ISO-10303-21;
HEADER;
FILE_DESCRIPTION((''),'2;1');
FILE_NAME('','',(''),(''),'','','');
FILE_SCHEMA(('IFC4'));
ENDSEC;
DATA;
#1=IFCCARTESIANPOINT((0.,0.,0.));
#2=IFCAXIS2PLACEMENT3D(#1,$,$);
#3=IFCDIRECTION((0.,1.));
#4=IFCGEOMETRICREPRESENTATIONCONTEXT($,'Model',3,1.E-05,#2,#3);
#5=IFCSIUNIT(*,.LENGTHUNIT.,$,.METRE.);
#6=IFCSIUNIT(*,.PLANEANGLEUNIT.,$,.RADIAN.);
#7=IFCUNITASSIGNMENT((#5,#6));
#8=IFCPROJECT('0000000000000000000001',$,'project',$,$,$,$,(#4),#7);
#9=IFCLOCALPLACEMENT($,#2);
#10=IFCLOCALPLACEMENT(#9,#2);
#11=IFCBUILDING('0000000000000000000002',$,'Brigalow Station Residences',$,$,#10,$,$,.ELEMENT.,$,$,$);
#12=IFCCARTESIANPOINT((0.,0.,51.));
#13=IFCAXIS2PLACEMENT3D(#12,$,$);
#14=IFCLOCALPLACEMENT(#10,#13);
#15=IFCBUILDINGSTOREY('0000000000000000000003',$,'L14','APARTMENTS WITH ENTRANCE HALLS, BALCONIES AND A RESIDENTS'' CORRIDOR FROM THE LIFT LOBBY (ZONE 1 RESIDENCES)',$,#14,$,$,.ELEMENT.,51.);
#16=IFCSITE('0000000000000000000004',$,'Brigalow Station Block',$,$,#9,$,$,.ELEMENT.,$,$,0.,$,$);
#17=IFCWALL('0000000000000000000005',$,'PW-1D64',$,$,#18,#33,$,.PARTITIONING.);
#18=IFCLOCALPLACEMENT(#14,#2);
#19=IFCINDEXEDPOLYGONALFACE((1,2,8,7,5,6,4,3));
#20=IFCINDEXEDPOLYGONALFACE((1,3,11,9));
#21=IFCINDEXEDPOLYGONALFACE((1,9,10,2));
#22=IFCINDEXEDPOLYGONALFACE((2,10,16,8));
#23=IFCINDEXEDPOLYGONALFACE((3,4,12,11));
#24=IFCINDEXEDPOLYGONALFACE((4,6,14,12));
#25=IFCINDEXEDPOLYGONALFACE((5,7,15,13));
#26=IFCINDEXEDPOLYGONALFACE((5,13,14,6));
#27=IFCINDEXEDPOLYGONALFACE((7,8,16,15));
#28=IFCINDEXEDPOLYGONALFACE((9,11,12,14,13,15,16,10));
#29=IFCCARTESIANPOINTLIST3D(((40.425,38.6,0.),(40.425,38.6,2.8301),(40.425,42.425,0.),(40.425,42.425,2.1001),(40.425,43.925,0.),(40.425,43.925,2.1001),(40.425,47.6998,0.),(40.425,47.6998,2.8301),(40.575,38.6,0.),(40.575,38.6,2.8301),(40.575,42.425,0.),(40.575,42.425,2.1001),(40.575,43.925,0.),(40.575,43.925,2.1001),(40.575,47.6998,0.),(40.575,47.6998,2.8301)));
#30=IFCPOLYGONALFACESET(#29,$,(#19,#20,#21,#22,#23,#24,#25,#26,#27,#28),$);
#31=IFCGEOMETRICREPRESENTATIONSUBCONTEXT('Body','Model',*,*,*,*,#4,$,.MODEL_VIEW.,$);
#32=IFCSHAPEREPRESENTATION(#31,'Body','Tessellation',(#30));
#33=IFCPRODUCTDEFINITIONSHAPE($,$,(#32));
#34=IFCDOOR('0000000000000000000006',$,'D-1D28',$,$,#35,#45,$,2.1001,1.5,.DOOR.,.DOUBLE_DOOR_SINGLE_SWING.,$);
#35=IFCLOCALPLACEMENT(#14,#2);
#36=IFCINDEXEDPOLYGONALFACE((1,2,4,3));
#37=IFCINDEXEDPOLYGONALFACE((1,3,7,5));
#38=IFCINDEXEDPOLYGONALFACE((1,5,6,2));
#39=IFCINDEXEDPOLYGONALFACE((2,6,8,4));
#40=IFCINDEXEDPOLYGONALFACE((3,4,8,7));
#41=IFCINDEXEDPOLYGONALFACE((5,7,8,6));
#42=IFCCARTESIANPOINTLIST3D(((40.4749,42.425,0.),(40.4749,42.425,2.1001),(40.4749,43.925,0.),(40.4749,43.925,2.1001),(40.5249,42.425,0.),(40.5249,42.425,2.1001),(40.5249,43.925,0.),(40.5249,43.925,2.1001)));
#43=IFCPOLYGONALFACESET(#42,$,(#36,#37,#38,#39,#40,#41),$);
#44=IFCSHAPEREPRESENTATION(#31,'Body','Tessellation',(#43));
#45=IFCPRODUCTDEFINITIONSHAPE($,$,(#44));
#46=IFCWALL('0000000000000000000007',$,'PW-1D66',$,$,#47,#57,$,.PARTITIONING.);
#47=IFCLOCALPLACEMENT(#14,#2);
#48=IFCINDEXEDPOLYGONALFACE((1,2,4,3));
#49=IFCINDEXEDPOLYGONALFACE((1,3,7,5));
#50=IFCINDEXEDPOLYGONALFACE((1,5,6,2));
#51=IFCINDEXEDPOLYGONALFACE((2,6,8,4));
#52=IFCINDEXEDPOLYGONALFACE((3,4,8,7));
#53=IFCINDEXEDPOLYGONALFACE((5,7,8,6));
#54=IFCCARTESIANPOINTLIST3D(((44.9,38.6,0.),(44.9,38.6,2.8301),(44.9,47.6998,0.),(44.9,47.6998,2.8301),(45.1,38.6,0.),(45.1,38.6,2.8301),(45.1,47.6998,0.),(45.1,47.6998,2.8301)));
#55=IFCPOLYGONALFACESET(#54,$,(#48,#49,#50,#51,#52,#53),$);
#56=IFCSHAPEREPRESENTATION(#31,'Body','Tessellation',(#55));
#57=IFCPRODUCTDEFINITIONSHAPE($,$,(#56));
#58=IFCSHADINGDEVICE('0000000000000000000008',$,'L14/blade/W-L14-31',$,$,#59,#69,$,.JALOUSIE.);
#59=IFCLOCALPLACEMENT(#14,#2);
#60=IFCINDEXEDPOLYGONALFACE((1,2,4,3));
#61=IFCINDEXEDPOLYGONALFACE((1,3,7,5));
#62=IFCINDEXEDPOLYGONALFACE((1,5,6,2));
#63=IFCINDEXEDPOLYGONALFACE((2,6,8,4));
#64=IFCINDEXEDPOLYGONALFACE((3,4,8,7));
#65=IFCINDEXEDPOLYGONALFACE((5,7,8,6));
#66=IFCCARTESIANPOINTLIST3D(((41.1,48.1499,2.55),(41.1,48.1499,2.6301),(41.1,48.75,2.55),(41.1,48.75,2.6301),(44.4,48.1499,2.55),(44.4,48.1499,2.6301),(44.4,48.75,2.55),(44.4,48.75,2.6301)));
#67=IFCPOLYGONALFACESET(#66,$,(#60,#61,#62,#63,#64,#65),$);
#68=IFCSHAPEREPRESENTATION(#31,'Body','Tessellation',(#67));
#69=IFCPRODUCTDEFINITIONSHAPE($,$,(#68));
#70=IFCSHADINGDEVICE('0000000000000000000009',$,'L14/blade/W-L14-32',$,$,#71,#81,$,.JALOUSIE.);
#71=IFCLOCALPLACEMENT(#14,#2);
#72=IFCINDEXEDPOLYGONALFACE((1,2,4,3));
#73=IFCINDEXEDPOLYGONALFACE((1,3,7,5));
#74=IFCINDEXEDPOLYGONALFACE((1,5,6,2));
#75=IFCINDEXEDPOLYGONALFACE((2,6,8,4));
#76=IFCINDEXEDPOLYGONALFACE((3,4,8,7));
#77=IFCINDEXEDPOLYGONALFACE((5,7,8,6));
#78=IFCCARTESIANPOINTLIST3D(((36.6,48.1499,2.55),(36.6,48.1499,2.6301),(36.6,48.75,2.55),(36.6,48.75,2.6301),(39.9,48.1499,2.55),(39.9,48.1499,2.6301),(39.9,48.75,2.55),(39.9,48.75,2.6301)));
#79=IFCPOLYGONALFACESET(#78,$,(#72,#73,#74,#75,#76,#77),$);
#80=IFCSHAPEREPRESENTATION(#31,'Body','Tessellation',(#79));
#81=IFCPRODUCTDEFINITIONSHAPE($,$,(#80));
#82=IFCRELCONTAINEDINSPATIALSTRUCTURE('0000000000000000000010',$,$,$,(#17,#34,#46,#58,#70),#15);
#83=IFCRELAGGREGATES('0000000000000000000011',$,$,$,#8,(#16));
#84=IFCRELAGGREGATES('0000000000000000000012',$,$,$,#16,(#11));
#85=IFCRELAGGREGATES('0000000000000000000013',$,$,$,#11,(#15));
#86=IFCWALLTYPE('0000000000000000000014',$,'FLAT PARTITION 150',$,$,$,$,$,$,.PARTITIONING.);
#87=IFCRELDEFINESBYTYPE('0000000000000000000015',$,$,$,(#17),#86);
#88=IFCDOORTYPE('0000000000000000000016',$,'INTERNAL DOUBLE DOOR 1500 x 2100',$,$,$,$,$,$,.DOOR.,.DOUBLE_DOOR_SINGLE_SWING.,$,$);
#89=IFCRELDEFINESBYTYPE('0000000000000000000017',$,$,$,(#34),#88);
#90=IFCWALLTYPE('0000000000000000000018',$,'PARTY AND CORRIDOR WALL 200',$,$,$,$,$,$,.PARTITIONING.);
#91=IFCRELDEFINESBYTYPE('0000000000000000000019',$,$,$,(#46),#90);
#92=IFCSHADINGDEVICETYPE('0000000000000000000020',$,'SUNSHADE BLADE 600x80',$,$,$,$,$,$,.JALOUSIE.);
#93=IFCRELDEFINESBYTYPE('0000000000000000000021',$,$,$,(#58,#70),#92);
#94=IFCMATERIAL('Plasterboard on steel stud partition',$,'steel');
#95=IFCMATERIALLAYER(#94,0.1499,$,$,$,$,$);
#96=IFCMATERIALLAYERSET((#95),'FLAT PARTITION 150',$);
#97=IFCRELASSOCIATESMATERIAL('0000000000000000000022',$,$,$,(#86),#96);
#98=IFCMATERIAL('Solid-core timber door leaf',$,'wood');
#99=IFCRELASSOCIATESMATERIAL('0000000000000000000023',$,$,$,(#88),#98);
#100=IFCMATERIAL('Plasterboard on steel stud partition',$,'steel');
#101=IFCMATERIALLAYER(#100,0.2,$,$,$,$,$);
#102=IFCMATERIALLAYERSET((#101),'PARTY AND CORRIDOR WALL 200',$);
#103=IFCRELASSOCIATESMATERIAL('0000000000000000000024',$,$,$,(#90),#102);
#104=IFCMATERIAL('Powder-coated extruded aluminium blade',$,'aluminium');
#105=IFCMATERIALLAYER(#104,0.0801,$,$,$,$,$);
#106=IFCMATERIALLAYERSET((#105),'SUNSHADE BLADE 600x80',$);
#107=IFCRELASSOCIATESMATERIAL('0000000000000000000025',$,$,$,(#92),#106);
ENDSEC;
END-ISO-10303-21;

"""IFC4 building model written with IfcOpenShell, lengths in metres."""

from ifc_helpers import new_model, si_unit, direction, frame, frame_2d, origin, origin_2d, place, context, subcontext, project, spatial, rectangle, extrude, material, layer, layer_set, type_object, element, fill, save


model = new_model("IFC4")

# Units and contexts
model_context = context("Model", 3, precision=1e-05, world=origin(), true_north=direction((0.0, 1.0)))
body_context = subcontext(model_context, "Body", "Model", "MODEL_VIEW")
ifc_project = project(units=[si_unit("LENGTHUNIT", "METRE"), si_unit("PLANEANGLEUNIT", "RADIAN")], contexts=[model_context])

# Site, building, storey
site_placement = place(None, origin())
site = spatial("IfcSite", under=ifc_project, at=site_placement, Name="Brigalow Station Block", CompositionType="ELEMENT", RefElevation=0.0)
building_placement = place(site_placement, origin())
building = spatial("IfcBuilding", under=site, at=building_placement, Name="Brigalow Station Residences", CompositionType="ELEMENT")
storey_placement = place(building_placement, frame((0.0, 0.0, 51.0)))
storey = spatial("IfcBuildingStorey", under=building, at=storey_placement, Name="L14", Description="APARTMENTS WITH ENTRANCE HALLS, BALCONIES AND A RESIDENTS' CORRIDOR FROM THE LIFT LOBBY (ZONE 1 RESIDENCES)", CompositionType="ELEMENT", Elevation=51.0)

# Wall, opening, door
ifc_material_1 = material(Name="Plasterboard on steel stud partition", Category="steel")
ifc_layer_1 = layer(ifc_material_1, 0.1499)
ifc_layer_set_1 = layer_set([ifc_layer_1], Name="FLAT PARTITION 150")
wall_type_1 = type_object("IfcWallType", Name="FLAT PARTITION 150", PredefinedType="PARTITIONING", material=ifc_layer_set_1)
wall_1_placement = place(storey_placement, frame((40.5, 38.6001, 0.0), z_axis=(0.0, 0.0, 1.0), x_axis=(0.0, 1.0, 0.0)))
wall_1 = element("IfcWall", 1, at=wall_1_placement, inside=storey, type_object=wall_type_1, Name="PW-1D64", PredefinedType="PARTITIONING", context=body_context, shape_type="SweptSolid", body=[
    extrude(rectangle(XDim=9.0999, YDim=0.1499, at=frame_2d((4.5498, 0.0))), origin(), (0.0, 0.0, 1.0), 2.8301),
])
opening_1_placement = place(wall_1_placement, frame((3.825, 0.0, 0.0)))
opening_1 = element("IfcOpeningElement", 2, at=opening_1_placement, cuts=wall_1, PredefinedType="OPENING", context=body_context, shape_type="SweptSolid", body=[
    extrude(rectangle(XDim=1.5, YDim=2.1001, at=frame_2d((0.75, 1.05))), frame((0.0, 0.085, 0.0), z_axis=(0.0, -1.0, 0.0), x_axis=(1.0, 0.0, 0.0)), (0.0, 0.0, 1.0), 0.1699),
])
ifc_material_2 = material(Name="Solid-core timber door leaf", Category="wood")
door_type = type_object("IfcDoorType", Name="INTERNAL DOUBLE DOOR 1500 x 2100", OperationType="DOUBLE_DOOR_SINGLE_SWING", PredefinedType="DOOR", material=ifc_material_2)
door_placement = place(opening_1_placement, frame((1.5, 0.0, 0.0), z_axis=(0.0, 0.0, 1.0), x_axis=(-1.0, 0.0, 0.0)))
door = element("IfcDoor", 3, at=door_placement, inside=storey, type_object=door_type, Name="D-1D28", OperationType="DOUBLE_DOOR_SINGLE_SWING", OverallHeight=2.1001, OverallWidth=1.5, PredefinedType="DOOR", context=body_context, shape_type="SweptSolid", body=[
    extrude(rectangle(XDim=1.5, YDim=2.1001, at=frame_2d((0.75, 1.05))), frame((0.0, 0.0249, 0.0), z_axis=(0.0, -1.0, 0.0), x_axis=(1.0, 0.0, 0.0)), (0.0, 0.0, 1.0), 0.05),
])
fill(opening_1, door)

# Wall
ifc_material_3 = material(Name="Plasterboard on steel stud partition", Category="steel")
ifc_layer_2 = layer(ifc_material_3, 0.2)
ifc_layer_set_2 = layer_set([ifc_layer_2], Name="PARTY AND CORRIDOR WALL 200")
wall_type_2 = type_object("IfcWallType", Name="PARTY AND CORRIDOR WALL 200", PredefinedType="PARTITIONING", material=ifc_layer_set_2)
wall_2_placement = place(storey_placement, frame((45.0, 38.6001, 0.0), z_axis=(0.0, 0.0, 1.0), x_axis=(0.0, 1.0, 0.0)))
element("IfcWall", 4, at=wall_2_placement, inside=storey, type_object=wall_type_2, Name="PW-1D66", PredefinedType="PARTITIONING", context=body_context, shape_type="SweptSolid", body=[
    extrude(rectangle(XDim=9.0999, YDim=0.2, at=frame_2d((4.5498, 0.0))), origin(), (0.0, 0.0, 1.0), 2.8301),
])

# Shading devices
ifc_material_4 = material(Name="Powder-coated extruded aluminium blade", Category="aluminium")
ifc_layer_3 = layer(ifc_material_4, 0.0801)
ifc_layer_set_3 = layer_set([ifc_layer_3], Name="SUNSHADE BLADE 600x80")
shading_device_type = type_object("IfcShadingDeviceType", Name="SUNSHADE BLADE 600x80", PredefinedType="JALOUSIE", material=ifc_layer_set_3)
for number, where, z_axis, x_axis, name in (
    (5, (42.75, 48.45, 2.55), (0.0, 0.0, 1.0), (-1.0, 0.0, 0.0), "L14/blade/W-L14-31"),
    (6, (38.25, 48.45, 2.55), (0.0, 0.0, 1.0), (-1.0, 0.0, 0.0), "L14/blade/W-L14-32"),
):
    element("IfcShadingDevice", number, at=place(storey_placement, frame(where, z_axis=z_axis, x_axis=x_axis)), inside=storey, type_object=shading_device_type, Name=name, PredefinedType="JALOUSIE", context=body_context, shape_type="SweptSolid", body=[
        extrude(rectangle(XDim=3.3, YDim=0.6001, at=origin_2d()), origin(), (0.0, 0.0, 1.0), 0.0801),
    ])

save(model, "model.ifc")
